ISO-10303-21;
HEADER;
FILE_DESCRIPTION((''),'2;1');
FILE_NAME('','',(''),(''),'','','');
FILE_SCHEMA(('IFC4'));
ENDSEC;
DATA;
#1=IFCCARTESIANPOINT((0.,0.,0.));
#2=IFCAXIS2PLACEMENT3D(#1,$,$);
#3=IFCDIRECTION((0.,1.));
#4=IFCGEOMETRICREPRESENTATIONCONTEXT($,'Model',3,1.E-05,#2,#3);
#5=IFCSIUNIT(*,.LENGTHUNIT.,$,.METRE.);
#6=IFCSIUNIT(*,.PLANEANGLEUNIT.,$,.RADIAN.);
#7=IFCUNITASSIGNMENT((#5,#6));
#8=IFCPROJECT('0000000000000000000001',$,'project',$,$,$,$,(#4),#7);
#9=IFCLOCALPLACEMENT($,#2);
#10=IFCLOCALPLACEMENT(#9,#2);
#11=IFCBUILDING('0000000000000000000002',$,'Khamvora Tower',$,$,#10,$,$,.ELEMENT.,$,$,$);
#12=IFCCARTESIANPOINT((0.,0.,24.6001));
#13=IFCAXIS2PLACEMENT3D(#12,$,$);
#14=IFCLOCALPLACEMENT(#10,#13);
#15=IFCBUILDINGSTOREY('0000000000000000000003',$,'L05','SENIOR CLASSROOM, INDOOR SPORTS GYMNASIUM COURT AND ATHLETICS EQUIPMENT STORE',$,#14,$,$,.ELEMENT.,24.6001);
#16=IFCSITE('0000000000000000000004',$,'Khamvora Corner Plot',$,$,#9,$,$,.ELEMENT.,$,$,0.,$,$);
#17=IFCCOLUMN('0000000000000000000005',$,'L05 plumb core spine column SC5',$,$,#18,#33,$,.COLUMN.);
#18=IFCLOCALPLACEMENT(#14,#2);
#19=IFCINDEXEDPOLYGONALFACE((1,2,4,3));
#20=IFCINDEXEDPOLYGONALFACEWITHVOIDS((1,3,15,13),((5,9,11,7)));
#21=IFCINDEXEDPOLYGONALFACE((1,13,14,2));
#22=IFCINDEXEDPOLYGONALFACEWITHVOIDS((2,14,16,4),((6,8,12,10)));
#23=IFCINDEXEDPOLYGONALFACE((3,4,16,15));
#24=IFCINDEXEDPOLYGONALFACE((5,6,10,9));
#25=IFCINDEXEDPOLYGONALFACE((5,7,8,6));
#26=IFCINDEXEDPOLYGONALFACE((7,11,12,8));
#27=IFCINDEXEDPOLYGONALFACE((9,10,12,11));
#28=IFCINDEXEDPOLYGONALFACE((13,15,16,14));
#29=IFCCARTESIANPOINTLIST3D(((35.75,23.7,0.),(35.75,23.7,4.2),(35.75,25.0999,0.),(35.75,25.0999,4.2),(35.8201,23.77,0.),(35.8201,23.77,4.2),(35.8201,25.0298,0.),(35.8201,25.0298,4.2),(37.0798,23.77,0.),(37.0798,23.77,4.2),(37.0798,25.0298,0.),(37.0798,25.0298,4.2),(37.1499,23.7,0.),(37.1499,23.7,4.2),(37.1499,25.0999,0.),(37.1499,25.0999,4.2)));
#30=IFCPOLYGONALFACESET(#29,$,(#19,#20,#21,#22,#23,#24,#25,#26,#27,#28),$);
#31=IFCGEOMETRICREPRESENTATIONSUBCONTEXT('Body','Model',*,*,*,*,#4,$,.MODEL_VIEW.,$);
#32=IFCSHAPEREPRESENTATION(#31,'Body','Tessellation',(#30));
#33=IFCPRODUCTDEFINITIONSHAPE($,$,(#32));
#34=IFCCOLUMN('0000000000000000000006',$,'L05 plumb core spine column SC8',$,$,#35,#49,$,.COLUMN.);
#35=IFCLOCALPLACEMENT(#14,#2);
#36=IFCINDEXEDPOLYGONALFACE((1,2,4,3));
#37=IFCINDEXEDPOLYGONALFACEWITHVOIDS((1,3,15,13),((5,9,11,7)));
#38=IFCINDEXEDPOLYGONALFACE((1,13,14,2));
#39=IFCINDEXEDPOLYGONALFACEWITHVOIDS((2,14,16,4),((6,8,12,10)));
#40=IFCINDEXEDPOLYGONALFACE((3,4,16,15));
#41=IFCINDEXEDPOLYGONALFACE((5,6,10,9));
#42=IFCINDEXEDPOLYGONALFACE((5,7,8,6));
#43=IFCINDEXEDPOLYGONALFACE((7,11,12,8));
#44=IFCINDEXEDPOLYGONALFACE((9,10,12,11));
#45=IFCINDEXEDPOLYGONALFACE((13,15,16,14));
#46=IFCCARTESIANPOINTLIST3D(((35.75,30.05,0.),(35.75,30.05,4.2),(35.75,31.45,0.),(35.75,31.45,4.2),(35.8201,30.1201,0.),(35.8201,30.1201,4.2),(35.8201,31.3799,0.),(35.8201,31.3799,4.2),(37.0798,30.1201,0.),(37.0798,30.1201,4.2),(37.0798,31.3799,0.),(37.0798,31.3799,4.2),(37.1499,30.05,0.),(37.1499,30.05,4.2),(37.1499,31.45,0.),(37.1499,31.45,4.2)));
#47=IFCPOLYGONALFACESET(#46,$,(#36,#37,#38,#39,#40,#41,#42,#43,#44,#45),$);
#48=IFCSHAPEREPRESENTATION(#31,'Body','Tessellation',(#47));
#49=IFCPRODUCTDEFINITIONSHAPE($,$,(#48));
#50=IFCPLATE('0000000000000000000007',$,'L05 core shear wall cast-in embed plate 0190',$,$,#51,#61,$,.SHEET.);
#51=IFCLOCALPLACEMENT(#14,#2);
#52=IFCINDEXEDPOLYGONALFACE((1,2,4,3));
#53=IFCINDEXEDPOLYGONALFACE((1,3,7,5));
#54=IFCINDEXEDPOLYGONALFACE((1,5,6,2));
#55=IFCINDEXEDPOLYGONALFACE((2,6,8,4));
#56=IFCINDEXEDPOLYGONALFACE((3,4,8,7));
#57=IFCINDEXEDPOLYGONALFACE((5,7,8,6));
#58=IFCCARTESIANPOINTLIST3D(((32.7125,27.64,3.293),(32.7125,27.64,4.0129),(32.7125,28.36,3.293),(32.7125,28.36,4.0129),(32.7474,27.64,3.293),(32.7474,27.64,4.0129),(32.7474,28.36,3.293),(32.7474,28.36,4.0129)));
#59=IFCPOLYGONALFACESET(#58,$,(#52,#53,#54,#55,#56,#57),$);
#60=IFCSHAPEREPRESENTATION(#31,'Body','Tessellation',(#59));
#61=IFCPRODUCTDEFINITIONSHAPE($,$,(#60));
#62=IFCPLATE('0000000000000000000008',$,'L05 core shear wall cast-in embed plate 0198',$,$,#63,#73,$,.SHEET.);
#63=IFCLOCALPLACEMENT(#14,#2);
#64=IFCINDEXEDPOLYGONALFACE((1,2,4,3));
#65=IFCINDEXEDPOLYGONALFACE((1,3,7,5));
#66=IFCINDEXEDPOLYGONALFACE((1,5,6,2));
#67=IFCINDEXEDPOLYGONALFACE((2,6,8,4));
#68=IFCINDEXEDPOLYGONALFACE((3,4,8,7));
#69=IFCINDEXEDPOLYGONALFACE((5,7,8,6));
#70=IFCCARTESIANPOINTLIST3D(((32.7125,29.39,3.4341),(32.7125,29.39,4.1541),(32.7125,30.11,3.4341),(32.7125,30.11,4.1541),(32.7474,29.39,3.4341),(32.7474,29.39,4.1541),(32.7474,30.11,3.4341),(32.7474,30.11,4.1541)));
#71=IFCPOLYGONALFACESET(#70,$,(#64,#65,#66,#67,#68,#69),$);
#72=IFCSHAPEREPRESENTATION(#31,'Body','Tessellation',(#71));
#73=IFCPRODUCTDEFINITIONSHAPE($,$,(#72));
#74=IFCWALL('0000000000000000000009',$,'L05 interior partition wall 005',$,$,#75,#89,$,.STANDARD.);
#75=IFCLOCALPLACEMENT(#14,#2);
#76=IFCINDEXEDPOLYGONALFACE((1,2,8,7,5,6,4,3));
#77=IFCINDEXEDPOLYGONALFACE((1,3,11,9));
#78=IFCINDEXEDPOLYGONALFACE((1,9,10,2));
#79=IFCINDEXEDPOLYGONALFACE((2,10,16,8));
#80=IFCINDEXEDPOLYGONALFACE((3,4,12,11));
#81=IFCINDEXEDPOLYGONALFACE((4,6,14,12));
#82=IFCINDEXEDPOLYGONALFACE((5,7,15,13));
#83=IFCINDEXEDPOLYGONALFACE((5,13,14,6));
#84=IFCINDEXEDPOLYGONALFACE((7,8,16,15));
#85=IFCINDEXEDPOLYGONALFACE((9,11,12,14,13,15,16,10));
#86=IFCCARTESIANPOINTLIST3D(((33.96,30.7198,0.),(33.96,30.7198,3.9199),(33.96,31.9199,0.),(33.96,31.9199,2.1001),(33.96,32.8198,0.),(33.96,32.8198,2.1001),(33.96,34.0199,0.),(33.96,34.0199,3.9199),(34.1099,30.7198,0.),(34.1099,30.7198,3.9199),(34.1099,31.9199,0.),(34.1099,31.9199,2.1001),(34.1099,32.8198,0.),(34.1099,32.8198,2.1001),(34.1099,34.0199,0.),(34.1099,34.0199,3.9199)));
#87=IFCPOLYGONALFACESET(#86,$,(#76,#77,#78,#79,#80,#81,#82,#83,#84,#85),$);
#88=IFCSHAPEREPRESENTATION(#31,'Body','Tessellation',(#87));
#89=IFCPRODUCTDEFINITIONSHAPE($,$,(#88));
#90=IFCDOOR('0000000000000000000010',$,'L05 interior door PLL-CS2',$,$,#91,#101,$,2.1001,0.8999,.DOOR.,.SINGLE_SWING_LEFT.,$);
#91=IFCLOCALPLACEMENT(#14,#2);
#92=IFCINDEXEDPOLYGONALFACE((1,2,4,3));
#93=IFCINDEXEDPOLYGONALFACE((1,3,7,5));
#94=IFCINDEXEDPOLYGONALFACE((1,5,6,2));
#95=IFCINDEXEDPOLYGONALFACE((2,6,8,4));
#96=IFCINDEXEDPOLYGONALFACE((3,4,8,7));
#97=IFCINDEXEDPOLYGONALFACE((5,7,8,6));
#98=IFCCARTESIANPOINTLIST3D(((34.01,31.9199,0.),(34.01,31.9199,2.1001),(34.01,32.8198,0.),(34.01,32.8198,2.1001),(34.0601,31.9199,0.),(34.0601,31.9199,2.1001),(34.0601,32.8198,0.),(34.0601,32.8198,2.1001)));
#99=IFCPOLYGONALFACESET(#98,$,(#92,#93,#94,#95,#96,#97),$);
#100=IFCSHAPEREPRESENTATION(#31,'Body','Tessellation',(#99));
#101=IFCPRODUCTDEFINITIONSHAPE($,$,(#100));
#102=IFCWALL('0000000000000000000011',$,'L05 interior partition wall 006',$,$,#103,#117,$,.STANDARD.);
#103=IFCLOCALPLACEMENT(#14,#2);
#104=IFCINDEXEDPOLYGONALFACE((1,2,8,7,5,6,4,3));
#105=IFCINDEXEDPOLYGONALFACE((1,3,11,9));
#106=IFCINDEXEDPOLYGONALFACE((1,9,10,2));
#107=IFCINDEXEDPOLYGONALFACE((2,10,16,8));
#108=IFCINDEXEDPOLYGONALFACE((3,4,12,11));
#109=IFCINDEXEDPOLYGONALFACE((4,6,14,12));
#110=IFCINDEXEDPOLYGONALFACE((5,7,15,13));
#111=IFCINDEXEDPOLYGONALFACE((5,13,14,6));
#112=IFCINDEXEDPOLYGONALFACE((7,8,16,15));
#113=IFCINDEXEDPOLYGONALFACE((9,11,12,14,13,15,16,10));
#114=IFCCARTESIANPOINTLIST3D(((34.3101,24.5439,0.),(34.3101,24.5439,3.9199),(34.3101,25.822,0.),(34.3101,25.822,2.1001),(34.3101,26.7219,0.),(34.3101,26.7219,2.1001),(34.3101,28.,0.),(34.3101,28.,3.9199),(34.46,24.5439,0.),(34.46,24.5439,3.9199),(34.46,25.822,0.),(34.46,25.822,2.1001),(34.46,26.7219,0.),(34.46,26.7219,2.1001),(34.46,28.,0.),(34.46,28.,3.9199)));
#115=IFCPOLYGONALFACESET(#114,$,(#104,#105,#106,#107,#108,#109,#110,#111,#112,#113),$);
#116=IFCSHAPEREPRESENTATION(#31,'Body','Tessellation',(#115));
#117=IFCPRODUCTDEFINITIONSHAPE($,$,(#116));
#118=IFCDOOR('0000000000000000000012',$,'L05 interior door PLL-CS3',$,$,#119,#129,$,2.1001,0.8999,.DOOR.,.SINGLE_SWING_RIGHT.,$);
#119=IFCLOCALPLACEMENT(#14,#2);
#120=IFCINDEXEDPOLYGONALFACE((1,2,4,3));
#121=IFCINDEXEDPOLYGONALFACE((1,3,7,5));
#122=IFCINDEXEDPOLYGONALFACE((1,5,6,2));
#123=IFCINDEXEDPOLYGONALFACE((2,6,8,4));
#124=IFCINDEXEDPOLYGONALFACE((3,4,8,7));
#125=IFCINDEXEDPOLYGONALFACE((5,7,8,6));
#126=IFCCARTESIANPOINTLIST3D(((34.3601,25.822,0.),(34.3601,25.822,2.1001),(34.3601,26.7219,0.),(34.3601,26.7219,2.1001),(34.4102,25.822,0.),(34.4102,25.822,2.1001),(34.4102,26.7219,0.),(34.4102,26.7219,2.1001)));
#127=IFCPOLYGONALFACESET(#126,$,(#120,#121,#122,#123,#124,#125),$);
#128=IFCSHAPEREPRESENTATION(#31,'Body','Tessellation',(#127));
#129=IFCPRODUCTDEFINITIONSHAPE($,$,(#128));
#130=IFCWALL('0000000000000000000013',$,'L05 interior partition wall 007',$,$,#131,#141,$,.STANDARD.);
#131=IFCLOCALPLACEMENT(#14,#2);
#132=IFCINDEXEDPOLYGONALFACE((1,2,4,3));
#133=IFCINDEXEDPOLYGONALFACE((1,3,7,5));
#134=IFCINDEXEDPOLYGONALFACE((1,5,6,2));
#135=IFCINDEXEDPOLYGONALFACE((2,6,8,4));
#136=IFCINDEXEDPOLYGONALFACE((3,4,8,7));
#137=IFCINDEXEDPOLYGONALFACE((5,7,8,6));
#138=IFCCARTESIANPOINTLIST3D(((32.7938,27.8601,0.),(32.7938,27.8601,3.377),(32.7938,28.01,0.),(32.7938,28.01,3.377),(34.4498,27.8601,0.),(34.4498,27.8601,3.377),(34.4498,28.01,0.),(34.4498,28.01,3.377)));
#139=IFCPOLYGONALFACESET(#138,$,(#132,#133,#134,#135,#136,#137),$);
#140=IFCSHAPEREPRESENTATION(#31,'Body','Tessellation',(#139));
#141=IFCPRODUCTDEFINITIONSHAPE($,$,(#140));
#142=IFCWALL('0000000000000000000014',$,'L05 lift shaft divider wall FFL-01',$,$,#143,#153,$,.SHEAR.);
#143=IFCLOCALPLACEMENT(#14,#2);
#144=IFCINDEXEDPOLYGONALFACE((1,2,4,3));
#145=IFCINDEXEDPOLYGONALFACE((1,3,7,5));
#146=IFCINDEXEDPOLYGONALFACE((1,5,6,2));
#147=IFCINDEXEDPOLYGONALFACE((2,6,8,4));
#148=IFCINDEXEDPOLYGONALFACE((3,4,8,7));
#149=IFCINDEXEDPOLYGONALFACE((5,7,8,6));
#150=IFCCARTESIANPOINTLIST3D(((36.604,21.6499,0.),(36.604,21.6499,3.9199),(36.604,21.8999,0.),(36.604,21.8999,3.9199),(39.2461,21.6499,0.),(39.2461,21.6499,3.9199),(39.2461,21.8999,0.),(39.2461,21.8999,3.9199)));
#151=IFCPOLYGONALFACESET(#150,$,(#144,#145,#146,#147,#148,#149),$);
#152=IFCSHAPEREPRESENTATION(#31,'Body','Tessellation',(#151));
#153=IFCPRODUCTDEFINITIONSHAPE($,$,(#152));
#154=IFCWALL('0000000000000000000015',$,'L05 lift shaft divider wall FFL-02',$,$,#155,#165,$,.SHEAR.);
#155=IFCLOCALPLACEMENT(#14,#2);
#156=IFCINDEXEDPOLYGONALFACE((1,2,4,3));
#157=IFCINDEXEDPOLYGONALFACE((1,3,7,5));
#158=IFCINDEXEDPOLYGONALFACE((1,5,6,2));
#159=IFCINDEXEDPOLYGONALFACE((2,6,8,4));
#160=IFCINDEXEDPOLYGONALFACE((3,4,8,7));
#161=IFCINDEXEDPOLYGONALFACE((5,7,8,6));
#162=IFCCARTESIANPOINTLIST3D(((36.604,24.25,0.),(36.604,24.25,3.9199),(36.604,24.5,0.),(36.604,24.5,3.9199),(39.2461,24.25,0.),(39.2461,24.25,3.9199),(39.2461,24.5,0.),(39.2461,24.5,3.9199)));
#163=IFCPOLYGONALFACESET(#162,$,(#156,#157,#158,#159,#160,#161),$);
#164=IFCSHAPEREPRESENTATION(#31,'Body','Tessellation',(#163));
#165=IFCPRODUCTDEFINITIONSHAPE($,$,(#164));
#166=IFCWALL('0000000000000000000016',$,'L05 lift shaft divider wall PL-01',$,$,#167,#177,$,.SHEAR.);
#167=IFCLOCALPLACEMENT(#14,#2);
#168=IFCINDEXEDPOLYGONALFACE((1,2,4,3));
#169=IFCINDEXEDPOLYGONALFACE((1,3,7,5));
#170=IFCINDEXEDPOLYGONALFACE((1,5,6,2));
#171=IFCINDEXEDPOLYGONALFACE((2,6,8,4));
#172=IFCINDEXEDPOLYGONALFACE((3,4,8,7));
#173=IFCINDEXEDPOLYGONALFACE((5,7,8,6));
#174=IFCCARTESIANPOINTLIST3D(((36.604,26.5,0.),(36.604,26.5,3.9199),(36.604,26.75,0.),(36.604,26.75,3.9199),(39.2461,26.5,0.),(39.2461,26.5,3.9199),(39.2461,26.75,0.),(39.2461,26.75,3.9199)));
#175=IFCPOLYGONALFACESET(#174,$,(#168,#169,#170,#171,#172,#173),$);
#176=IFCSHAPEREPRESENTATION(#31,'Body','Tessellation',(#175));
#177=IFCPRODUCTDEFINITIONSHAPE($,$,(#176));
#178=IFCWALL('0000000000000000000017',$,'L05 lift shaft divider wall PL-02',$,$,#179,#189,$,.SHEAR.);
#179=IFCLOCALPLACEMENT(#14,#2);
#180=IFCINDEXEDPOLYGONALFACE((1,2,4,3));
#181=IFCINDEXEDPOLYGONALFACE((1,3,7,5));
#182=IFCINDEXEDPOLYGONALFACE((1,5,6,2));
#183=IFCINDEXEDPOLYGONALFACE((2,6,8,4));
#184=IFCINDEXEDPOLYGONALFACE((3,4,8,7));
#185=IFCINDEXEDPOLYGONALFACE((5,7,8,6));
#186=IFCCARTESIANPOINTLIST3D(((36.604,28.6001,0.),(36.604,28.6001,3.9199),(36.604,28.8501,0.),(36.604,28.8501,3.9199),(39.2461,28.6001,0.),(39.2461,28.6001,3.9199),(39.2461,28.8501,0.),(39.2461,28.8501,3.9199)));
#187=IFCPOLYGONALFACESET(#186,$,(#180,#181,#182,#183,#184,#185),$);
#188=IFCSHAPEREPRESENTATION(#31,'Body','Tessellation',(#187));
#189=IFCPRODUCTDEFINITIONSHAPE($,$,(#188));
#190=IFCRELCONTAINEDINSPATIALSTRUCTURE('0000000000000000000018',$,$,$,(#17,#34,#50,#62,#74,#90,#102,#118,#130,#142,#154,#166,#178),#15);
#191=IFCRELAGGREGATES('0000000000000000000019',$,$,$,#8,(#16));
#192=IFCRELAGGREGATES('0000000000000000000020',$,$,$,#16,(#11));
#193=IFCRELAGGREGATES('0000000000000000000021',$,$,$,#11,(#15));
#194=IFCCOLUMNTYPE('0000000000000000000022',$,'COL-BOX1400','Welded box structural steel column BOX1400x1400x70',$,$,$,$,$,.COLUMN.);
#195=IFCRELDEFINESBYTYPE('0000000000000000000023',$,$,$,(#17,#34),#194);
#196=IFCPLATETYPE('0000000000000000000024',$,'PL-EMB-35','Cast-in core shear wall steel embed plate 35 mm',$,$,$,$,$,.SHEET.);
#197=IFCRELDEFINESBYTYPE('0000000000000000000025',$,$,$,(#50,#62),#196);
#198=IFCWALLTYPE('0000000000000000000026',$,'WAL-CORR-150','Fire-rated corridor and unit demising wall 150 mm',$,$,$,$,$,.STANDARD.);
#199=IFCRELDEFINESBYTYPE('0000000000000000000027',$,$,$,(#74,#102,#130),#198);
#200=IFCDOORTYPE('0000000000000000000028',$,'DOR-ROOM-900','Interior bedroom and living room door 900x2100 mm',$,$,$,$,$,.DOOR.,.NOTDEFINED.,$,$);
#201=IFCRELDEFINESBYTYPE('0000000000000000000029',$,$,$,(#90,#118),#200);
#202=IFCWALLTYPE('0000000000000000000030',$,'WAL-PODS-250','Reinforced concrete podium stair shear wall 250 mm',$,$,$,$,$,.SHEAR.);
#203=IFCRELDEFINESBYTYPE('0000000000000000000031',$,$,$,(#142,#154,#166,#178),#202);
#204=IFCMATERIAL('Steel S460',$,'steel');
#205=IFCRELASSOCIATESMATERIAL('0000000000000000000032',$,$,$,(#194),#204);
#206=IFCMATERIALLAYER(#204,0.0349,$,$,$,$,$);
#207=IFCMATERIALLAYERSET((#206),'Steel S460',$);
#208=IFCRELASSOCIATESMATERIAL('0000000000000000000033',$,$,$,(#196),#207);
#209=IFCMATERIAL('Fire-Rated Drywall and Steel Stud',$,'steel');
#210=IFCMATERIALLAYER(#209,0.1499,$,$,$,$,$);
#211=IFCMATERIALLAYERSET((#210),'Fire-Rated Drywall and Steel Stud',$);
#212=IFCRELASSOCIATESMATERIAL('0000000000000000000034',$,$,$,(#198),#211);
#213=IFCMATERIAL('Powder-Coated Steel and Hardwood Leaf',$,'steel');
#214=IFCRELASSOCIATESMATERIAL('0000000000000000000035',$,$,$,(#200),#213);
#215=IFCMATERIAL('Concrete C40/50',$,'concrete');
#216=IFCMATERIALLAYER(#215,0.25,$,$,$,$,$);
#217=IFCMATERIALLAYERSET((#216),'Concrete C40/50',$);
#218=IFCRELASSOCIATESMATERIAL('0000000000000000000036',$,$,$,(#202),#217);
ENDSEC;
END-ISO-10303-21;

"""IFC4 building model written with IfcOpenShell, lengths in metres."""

from ifc_helpers import new_model, si_unit, direction, frame, frame_2d, origin, origin_2d, place, context, subcontext, project, spatial, rectangle, hollow_rectangle, extrude, material, layer, layer_set, material_profile, profile_set, type_object, element, fill, save


model = new_model("IFC4")

# Units and contexts
model_context = context("Model", 3, precision=1e-05, world=origin(), true_north=direction((0.0, 1.0)))
body_context = subcontext(model_context, "Body", "Model", "MODEL_VIEW")
ifc_project = project(units=[si_unit("LENGTHUNIT", "METRE"), si_unit("PLANEANGLEUNIT", "RADIAN")], contexts=[model_context])

# Site, building, storey
site_placement = place(None, origin())
site = spatial("IfcSite", under=ifc_project, at=site_placement, Name="Khamvora Corner Plot", CompositionType="ELEMENT", RefElevation=0.0)
building_placement = place(site_placement, origin())
building = spatial("IfcBuilding", under=site, at=building_placement, Name="Khamvora Tower", CompositionType="ELEMENT")
storey_placement = place(building_placement, frame((0.0, 0.0, 24.6001)))
storey = spatial("IfcBuildingStorey", under=building, at=storey_placement, Name="L05", Description="SENIOR CLASSROOM, INDOOR SPORTS GYMNASIUM COURT AND ATHLETICS EQUIPMENT STORE", CompositionType="ELEMENT", Elevation=24.6001)

# Columns
ifc_material_1 = material(Name="Steel S460", Category="steel")
ifc_material_profile = material_profile(ifc_material_1, hollow_rectangle(XDim=1.3999, YDim=1.3999, WallThickness=0.0701, at=origin_2d()), Name="BOX1400x1400x70")
ifc_profile_set = profile_set([ifc_material_profile], Name="Steel S460")
column_type = type_object("IfcColumnType", Name="COL-BOX1400", Description="Welded box structural steel column BOX1400x1400x70", PredefinedType="COLUMN", material=ifc_profile_set)
for number, where, z_axis, x_axis, name in (
    (1, (36.45, 24.3999, 0.0), (0.0, 0.0, 1.0), (1.0, 0.0, 0.0), "L05 plumb core spine column SC5"),
    (2, (36.45, 30.75, 0.0), (0.0, 0.0, 1.0), (1.0, 0.0, 0.0), "L05 plumb core spine column SC8"),
):
    element("IfcColumn", number, at=place(storey_placement, frame(where, z_axis=z_axis, x_axis=x_axis)), inside=storey, type_object=column_type, Name=name, PredefinedType="COLUMN", context=body_context, shape_type="SweptSolid", body=[
        extrude(hollow_rectangle(XDim=1.3999, YDim=1.3999, WallThickness=0.0701, at=origin_2d()), origin(), (0.0, 0.0, 1.0), 4.2),
    ])

# Plates
ifc_layer_1 = layer(ifc_material_1, 0.0349)
ifc_layer_set_1 = layer_set([ifc_layer_1], Name="Steel S460")
plate_type = type_object("IfcPlateType", Name="PL-EMB-35", Description="Cast-in core shear wall steel embed plate 35 mm", PredefinedType="SHEET", material=ifc_layer_set_1)
for number, where, z_axis, x_axis, name in (
    (3, (32.73, 28.0, 3.293), (0.0, 0.0, 1.0), (1.0, 0.0, 0.0), "L05 core shear wall cast-in embed plate 0190"),
    (4, (32.73, 29.75, 3.4341), (0.0, 0.0, 1.0), (1.0, 0.0, 0.0), "L05 core shear wall cast-in embed plate 0198"),
):
    element("IfcPlate", number, at=place(storey_placement, frame(where, z_axis=z_axis, x_axis=x_axis)), inside=storey, type_object=plate_type, Name=name, PredefinedType="SHEET", context=body_context, shape_type="SweptSolid", body=[
        extrude(rectangle(XDim=0.0349, YDim=0.72, at=origin_2d()), origin(), (0.0, 0.0, 1.0), 0.72),
    ])

# Shared definitions
ifc_material_2 = material(Name="Powder-Coated Steel and Hardwood Leaf", Category="steel")

# Walls, openings, doors
ifc_material_3 = material(Name="Fire-Rated Drywall and Steel Stud", Category="steel")
ifc_layer_2 = layer(ifc_material_3, 0.1499)
ifc_layer_set_2 = layer_set([ifc_layer_2], Name="Fire-Rated Drywall and Steel Stud")
wall_type_1 = type_object("IfcWallType", Name="WAL-CORR-150", Description="Fire-rated corridor and unit demising wall 150 mm", PredefinedType="STANDARD", material=ifc_layer_set_2)
wall_1_placement = place(storey_placement, frame((34.0349, 30.72, 0.0), z_axis=(0.0, 0.0, 1.0), x_axis=(0.0, 1.0, 0.0)))
wall_1 = element("IfcWall", 5, at=wall_1_placement, inside=storey, type_object=wall_type_1, Name="L05 interior partition wall 005", PredefinedType="STANDARD", context=body_context, shape_type="SweptSolid", body=[
    extrude(rectangle(XDim=3.3, YDim=0.1499, at=frame_2d((1.6499, 0.0))), origin(), (0.0, 0.0, 1.0), 3.9199),
])
opening_1_placement = place(wall_1_placement, frame((1.2, 0.0, 0.0)))
opening_1 = element("IfcOpeningElement", 6, at=opening_1_placement, cuts=wall_1, PredefinedType="OPENING", context=body_context, shape_type="SweptSolid", body=[
    extrude(rectangle(XDim=0.8999, YDim=2.1001, at=frame_2d((0.45, 1.05))), frame((0.0, 0.085, 0.0), z_axis=(0.0, -1.0, 0.0), x_axis=(1.0, 0.0, 0.0)), (0.0, 0.0, 1.0), 0.1699),
])
door_type_1 = type_object("IfcDoorType", Name="DOR-ROOM-900", Description="Interior bedroom and living room door 900x2100 mm", OperationType="NOTDEFINED", PredefinedType="DOOR", material=ifc_material_2)
door_1_placement = place(opening_1_placement, origin())
door_1 = element("IfcDoor", 7, at=door_1_placement, inside=storey, type_object=door_type_1, Name="L05 interior door PLL-CS2", OperationType="SINGLE_SWING_LEFT", OverallHeight=2.1001, OverallWidth=0.8999, PredefinedType="DOOR", context=body_context, shape_type="SweptSolid", body=[
    extrude(rectangle(XDim=0.8999, YDim=2.1001, at=frame_2d((0.45, 1.05))), frame((0.0, 0.0249, 0.0), z_axis=(0.0, -1.0, 0.0), x_axis=(1.0, 0.0, 0.0)), (0.0, 0.0, 1.0), 0.05),
])
fill(opening_1, door_1)
wall_2_placement = place(storey_placement, frame((34.385, 24.5439, 0.0), z_axis=(0.0, 0.0, 1.0), x_axis=(0.0, 1.0, 0.0)))
wall_2 = element("IfcWall", 8, at=wall_2_placement, inside=storey, type_object=wall_type_1, Name="L05 interior partition wall 006", PredefinedType="STANDARD", context=body_context, shape_type="SweptSolid", body=[
    extrude(rectangle(XDim=3.4561, YDim=0.1499, at=frame_2d((1.728, 0.0))), origin(), (0.0, 0.0, 1.0), 3.9199),
])
opening_2_placement = place(wall_2_placement, frame((1.2781, 0.0, 0.0)))
opening_2 = element("IfcOpeningElement", 9, at=opening_2_placement, cuts=wall_2, PredefinedType="OPENING", context=body_context, shape_type="SweptSolid", body=[
    extrude(rectangle(XDim=0.8999, YDim=2.1001, at=frame_2d((0.45, 1.05))), frame((0.0, 0.085, 0.0), z_axis=(0.0, -1.0, 0.0), x_axis=(1.0, 0.0, 0.0)), (0.0, 0.0, 1.0), 0.1699),
])
door_2_placement = place(opening_2_placement, origin())
door_2 = element("IfcDoor", 10, at=door_2_placement, inside=storey, type_object=door_type_1, Name="L05 interior door PLL-CS3", OperationType="SINGLE_SWING_RIGHT", OverallHeight=2.1001, OverallWidth=0.8999, PredefinedType="DOOR", context=body_context, shape_type="SweptSolid", body=[
    extrude(rectangle(XDim=0.8999, YDim=2.1001, at=frame_2d((0.45, 1.05))), frame((0.0, 0.0249, 0.0), z_axis=(0.0, -1.0, 0.0), x_axis=(1.0, 0.0, 0.0)), (0.0, 0.0, 1.0), 0.05),
])
fill(opening_2, door_2)

# Walls
wall_3_placement = place(storey_placement, frame((34.45, 27.9351, 0.0), z_axis=(0.0, 0.0, 1.0), x_axis=(-1.0, 0.0, 0.0)))
element("IfcWall", 11, at=wall_3_placement, inside=storey, type_object=wall_type_1, Name="L05 interior partition wall 007", PredefinedType="STANDARD", context=body_context, shape_type="SweptSolid", body=[
    extrude(rectangle(XDim=1.656, YDim=0.1499, at=frame_2d((0.8281, 0.0))), origin(), (0.0, 0.0, 1.0), 3.377),
])
ifc_material_4 = material(Name="Concrete C40/50", Category="concrete")
ifc_layer_3 = layer(ifc_material_4, 0.25)
ifc_layer_set_3 = layer_set([ifc_layer_3], Name="Concrete C40/50")
wall_type_2 = type_object("IfcWallType", Name="WAL-PODS-250", Description="Reinforced concrete podium stair shear wall 250 mm", PredefinedType="SHEAR", material=ifc_layer_set_3)
for number, where, z_axis, x_axis, name in (
    (12, (36.604, 21.7749, 0.0), (0.0, 0.0, 1.0), (1.0, 0.0, 0.0), "L05 lift shaft divider wall FFL-01"),
    (13, (36.604, 24.375, 0.0), (0.0, 0.0, 1.0), (1.0, 0.0, 0.0), "L05 lift shaft divider wall FFL-02"),
    (14, (36.604, 26.625, 0.0), (0.0, 0.0, 1.0), (1.0, 0.0, 0.0), "L05 lift shaft divider wall PL-01"),
    (15, (36.604, 28.7251, 0.0), (0.0, 0.0, 1.0), (1.0, 0.0, 0.0), "L05 lift shaft divider wall PL-02"),
):
    element("IfcWall", number, at=place(storey_placement, frame(where, z_axis=z_axis, x_axis=x_axis)), inside=storey, type_object=wall_type_2, Name=name, PredefinedType="SHEAR", context=body_context, shape_type="SweptSolid", body=[
        extrude(rectangle(XDim=2.6421, YDim=0.25, at=frame_2d((1.321, 0.0))), origin(), (0.0, 0.0, 1.0), 3.9199),
    ])

save(model, "model.ifc")
